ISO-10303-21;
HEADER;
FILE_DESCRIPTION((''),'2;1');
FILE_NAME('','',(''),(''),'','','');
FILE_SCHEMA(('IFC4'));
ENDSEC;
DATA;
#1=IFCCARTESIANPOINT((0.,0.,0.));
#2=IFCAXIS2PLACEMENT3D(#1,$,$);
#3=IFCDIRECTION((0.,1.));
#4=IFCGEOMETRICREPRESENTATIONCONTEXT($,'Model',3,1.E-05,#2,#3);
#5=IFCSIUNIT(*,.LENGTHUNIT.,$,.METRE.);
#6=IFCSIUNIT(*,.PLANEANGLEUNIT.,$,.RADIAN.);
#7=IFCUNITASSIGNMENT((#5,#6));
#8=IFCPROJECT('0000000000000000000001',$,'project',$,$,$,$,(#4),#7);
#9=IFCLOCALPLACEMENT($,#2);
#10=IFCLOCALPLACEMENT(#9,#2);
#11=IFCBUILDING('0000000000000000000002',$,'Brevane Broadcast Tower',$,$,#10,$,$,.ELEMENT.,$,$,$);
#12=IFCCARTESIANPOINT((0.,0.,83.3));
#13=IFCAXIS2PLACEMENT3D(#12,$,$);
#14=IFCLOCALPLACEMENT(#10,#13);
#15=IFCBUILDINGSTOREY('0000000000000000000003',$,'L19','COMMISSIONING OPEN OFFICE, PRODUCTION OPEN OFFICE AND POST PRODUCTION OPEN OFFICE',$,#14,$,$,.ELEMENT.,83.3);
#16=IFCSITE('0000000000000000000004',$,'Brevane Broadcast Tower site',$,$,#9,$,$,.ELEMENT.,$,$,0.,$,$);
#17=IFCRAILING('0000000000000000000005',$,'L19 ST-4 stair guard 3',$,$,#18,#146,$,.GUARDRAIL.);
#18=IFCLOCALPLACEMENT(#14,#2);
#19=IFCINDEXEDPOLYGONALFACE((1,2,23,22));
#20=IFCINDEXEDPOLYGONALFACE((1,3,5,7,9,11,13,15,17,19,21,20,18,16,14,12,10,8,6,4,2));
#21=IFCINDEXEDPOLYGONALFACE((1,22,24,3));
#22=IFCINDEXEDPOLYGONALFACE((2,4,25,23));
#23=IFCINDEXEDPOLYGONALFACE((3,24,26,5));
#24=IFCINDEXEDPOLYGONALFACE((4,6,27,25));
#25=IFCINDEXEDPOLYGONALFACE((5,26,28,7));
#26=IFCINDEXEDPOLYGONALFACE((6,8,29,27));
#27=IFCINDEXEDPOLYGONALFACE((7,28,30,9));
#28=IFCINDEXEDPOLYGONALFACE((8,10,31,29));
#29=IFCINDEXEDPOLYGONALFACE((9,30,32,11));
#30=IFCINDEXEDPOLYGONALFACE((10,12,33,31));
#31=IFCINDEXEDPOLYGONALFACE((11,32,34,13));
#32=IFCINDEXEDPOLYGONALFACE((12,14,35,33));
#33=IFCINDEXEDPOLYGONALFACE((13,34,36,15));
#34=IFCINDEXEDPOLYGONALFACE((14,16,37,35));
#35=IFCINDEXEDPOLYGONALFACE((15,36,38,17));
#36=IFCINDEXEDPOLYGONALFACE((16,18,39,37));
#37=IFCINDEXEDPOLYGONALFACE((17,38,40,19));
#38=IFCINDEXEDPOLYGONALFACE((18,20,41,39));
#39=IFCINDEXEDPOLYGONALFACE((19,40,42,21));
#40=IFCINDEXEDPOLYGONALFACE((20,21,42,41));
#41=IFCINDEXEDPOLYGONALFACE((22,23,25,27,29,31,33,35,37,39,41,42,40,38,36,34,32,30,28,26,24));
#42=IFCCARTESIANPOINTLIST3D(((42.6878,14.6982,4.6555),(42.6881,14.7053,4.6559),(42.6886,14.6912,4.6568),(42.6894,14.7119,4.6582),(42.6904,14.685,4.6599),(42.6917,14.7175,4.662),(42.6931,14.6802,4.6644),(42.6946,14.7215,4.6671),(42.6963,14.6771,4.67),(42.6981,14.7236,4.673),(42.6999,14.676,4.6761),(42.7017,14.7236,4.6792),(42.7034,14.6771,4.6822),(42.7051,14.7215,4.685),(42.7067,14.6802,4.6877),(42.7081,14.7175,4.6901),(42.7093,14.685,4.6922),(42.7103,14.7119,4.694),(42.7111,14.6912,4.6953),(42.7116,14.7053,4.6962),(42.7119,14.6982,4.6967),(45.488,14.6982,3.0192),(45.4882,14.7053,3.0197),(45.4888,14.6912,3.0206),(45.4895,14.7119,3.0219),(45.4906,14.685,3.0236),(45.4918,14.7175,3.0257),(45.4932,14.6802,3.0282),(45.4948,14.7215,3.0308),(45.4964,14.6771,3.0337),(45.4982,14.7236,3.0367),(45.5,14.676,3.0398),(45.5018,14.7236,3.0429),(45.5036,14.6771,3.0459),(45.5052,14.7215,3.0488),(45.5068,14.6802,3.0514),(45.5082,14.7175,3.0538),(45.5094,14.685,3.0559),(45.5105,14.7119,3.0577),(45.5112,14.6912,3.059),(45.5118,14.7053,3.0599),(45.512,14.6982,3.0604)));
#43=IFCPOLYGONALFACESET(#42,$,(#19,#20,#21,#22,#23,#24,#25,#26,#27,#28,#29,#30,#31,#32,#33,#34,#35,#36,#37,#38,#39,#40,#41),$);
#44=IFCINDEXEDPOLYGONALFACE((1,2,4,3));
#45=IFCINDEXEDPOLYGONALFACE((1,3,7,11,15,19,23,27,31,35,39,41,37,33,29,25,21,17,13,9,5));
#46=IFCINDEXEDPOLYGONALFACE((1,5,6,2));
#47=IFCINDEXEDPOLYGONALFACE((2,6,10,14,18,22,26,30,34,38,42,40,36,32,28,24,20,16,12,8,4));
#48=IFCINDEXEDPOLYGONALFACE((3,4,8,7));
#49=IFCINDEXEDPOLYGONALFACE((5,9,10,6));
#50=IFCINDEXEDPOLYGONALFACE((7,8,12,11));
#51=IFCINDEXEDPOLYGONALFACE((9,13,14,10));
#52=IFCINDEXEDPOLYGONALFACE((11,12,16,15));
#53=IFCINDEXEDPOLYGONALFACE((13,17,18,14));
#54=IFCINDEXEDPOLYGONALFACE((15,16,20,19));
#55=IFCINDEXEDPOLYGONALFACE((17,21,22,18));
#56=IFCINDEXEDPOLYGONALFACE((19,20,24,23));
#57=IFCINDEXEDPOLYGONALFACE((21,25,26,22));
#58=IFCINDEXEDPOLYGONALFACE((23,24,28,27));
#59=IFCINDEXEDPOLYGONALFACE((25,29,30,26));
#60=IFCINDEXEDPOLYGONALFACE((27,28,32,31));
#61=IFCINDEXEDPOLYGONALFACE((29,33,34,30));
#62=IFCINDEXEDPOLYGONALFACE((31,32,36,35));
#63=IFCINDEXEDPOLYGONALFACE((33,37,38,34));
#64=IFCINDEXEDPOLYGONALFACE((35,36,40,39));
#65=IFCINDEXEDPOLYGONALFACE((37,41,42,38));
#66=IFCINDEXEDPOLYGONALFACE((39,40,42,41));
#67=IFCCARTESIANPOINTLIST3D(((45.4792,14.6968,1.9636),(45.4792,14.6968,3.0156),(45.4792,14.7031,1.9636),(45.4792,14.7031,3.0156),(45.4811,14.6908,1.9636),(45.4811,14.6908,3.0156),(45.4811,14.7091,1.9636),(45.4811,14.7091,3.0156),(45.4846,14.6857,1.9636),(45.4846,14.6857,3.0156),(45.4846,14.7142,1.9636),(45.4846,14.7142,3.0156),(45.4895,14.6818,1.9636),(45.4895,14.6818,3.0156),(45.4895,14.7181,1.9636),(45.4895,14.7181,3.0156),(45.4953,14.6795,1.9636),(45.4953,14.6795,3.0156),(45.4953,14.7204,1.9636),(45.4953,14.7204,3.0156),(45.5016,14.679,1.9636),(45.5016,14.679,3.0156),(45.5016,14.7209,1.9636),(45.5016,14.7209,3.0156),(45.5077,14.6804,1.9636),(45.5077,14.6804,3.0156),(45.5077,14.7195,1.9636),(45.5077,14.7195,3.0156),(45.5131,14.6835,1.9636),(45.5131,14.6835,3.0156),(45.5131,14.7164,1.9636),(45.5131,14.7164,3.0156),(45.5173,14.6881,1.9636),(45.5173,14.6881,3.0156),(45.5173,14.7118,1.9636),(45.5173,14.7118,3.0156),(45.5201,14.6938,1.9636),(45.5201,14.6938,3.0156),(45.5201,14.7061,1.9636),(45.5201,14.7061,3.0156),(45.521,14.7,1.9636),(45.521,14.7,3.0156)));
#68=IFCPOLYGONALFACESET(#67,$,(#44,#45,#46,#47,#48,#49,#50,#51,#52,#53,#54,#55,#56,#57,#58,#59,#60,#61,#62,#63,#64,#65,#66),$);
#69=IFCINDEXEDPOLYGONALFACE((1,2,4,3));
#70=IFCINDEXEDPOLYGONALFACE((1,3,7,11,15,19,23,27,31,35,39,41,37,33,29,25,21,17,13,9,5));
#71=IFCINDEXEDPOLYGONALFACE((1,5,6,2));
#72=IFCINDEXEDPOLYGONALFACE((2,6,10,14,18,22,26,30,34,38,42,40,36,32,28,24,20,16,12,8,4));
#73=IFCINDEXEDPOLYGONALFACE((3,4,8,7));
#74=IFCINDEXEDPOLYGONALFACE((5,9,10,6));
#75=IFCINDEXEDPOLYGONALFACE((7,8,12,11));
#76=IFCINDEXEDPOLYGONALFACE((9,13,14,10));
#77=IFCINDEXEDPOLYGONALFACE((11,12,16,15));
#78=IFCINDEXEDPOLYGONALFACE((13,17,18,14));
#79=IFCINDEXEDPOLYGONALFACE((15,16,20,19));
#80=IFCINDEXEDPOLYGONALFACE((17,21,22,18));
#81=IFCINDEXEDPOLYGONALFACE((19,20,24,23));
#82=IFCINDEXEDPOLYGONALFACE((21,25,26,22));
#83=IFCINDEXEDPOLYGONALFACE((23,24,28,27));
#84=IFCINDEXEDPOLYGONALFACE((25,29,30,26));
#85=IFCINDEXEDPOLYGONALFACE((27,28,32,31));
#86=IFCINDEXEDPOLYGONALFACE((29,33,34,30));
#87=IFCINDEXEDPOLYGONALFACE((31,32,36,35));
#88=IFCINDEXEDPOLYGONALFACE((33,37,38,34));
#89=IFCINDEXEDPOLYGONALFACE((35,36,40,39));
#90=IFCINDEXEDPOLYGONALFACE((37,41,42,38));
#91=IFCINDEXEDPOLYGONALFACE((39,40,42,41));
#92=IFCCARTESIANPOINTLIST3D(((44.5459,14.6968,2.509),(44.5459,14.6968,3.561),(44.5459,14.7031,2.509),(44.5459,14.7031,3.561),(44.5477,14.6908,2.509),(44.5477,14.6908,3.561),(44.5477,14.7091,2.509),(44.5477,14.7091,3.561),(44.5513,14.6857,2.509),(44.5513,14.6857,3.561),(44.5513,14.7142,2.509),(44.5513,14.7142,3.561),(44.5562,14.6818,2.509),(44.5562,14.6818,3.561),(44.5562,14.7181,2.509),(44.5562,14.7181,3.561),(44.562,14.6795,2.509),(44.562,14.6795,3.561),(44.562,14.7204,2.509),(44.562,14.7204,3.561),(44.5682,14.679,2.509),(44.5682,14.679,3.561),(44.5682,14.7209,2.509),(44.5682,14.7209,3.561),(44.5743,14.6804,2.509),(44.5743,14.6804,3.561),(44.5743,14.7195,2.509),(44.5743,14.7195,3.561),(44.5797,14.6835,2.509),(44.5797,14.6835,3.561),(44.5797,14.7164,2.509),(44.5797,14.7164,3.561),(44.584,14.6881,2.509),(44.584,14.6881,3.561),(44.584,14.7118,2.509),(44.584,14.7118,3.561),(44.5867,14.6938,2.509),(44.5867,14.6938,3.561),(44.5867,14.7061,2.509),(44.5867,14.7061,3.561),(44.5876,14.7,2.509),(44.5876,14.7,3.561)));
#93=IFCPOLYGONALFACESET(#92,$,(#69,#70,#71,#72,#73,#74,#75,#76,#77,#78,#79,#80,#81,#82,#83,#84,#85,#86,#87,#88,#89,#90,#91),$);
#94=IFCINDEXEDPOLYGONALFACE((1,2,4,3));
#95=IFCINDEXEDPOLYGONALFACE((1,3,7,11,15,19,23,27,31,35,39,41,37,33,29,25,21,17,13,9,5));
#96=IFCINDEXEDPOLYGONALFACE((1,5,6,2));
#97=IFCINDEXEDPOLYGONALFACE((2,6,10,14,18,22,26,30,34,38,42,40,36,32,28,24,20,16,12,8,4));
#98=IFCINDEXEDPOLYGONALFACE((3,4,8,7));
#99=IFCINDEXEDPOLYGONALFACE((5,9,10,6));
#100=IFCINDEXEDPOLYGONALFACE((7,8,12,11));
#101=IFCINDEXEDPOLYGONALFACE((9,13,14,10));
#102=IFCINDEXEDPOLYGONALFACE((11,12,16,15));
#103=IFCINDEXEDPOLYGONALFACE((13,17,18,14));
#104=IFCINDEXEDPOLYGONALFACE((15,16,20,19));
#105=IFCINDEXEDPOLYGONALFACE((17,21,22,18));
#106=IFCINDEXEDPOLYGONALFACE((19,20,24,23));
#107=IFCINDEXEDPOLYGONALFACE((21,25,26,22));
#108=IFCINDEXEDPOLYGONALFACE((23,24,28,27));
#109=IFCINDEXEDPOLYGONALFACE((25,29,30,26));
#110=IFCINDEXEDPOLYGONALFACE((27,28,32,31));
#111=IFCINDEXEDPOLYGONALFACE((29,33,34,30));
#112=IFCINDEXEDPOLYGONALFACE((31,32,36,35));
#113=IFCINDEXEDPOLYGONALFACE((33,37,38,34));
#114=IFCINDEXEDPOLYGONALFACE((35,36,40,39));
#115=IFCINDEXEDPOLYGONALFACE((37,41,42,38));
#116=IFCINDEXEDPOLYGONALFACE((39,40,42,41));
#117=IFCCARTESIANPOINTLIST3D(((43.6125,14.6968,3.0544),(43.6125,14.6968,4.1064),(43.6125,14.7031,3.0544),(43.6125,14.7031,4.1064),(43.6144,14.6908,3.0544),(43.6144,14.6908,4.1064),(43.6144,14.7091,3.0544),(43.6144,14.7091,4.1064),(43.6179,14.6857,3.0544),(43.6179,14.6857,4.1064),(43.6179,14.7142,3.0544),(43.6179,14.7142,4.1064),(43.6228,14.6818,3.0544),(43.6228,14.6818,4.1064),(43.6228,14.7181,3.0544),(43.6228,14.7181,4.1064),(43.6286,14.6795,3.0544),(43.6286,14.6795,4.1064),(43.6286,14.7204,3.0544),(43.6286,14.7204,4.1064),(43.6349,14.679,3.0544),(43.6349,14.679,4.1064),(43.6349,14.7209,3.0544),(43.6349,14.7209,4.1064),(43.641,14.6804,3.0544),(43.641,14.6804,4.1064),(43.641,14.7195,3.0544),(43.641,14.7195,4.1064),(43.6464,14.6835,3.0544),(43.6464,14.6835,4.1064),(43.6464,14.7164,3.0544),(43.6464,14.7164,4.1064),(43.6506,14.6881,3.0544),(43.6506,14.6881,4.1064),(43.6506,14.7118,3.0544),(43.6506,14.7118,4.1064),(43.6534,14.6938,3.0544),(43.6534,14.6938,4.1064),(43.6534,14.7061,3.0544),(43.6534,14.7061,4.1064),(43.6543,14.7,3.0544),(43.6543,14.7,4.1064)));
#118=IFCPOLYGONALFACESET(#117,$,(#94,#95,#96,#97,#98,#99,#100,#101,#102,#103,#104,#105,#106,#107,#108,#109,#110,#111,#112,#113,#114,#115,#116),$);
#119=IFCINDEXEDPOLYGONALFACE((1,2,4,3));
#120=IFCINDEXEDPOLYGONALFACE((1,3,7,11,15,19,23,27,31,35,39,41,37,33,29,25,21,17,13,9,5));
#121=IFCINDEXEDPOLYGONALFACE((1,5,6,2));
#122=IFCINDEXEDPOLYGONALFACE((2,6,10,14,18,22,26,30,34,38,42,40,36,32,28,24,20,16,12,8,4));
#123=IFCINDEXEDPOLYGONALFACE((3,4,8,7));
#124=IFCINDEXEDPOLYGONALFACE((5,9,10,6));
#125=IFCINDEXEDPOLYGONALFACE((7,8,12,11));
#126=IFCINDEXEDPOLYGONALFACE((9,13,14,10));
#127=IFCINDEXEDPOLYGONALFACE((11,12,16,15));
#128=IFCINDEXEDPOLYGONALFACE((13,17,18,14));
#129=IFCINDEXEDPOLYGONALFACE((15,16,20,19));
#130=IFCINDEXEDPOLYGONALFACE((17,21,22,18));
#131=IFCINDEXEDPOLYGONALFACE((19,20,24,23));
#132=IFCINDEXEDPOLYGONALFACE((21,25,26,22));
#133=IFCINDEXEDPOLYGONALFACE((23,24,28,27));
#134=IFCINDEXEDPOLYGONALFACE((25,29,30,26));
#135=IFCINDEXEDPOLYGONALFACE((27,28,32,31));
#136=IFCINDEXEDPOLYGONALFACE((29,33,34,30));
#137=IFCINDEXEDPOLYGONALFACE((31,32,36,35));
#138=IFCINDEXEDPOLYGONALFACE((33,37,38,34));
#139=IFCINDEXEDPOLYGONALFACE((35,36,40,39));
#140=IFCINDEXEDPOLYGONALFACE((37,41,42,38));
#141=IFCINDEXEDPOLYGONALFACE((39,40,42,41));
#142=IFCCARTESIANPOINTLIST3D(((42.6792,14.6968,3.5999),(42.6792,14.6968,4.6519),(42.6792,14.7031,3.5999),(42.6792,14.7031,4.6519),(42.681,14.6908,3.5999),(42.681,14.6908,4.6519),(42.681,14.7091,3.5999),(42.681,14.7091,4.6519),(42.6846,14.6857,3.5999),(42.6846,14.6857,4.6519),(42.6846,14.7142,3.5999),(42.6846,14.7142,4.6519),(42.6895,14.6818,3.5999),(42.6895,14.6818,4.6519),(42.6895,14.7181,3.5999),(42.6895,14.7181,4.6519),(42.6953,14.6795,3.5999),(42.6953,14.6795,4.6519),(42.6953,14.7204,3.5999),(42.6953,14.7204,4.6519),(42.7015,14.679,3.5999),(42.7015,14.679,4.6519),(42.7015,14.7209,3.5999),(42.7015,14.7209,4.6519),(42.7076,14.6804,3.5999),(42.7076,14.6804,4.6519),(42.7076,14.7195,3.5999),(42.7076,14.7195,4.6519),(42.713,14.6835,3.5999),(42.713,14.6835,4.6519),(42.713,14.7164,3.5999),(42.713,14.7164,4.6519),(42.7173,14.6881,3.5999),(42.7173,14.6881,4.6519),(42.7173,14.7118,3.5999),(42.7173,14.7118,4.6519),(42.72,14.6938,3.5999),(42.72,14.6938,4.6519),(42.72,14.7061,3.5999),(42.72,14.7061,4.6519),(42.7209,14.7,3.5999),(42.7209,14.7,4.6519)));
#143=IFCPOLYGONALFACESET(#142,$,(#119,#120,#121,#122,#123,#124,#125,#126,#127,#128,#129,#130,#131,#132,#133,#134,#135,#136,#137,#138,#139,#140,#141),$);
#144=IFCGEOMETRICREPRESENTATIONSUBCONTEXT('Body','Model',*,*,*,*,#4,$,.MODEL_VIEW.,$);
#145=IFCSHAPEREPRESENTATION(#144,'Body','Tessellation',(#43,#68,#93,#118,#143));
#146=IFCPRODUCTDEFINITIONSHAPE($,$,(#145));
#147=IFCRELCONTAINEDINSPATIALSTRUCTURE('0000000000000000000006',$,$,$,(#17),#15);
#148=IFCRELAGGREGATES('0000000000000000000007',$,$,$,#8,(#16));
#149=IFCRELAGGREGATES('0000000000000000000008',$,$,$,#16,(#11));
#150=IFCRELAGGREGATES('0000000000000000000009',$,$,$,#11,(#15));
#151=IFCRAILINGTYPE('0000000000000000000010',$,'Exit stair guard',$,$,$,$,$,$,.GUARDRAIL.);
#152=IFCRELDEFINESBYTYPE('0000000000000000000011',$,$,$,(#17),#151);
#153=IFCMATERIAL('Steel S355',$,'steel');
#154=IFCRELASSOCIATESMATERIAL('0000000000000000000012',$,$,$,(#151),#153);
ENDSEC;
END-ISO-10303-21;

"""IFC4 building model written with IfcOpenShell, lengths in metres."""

from ifc_helpers import new_model, si_unit, direction, frame, origin, origin_2d, place, context, subcontext, project, spatial, circle, extrude, material, type_object, element, save


model = new_model("IFC4")

# Units and contexts
model_context = context("Model", 3, precision=1e-05, world=origin(), true_north=direction((0.0, 1.0)))
body_context = subcontext(model_context, "Body", "Model", "MODEL_VIEW")
ifc_project = project(units=[si_unit("LENGTHUNIT", "METRE"), si_unit("PLANEANGLEUNIT", "RADIAN")], contexts=[model_context])

# Site, building, storey
site_placement = place(None, origin())
site = spatial("IfcSite", under=ifc_project, at=site_placement, Name="Brevane Broadcast Tower site", CompositionType="ELEMENT", RefElevation=0.0)
building_placement = place(site_placement, origin())
building = spatial("IfcBuilding", under=site, at=building_placement, Name="Brevane Broadcast Tower", CompositionType="ELEMENT")
storey_placement = place(building_placement, frame((0.0, 0.0, 83.3)))
storey = spatial("IfcBuildingStorey", under=building, at=storey_placement, Name="L19", Description="COMMISSIONING OPEN OFFICE, PRODUCTION OPEN OFFICE AND POST PRODUCTION OPEN OFFICE", CompositionType="ELEMENT", Elevation=83.3)

# Railing
ifc_material_1 = material(Name="Steel S355", Category="steel")
railing_type_1 = type_object("IfcRailingType", Name="Exit stair guard", PredefinedType="GUARDRAIL", material=ifc_material_1)
railing_1_placement = place(storey_placement, frame((45.5, 14.7, 1.9636)))
element("IfcRailing", 1, at=railing_1_placement, inside=storey, type_object=railing_type_1, Name="L19 ST-4 stair guard 3", PredefinedType="GUARDRAIL", context=body_context, shape_type="SweptSolid", body=[
    extrude(circle(Radius=0.0239, at=origin_2d()), frame((0.0, 0.0, 1.0762), z_axis=(-0.863394, 0.0, 0.504531), x_axis=(0.0, -1.0, 0.0)), (0.0, 0.0, 1.0), 3.2432),
    extrude(circle(Radius=0.021, at=origin_2d()), origin(), (0.0, 0.0, 1.0), 1.052),
    extrude(circle(Radius=0.021, at=origin_2d()), frame((-0.9333, 0.0, 0.5454)), (0.0, 0.0, 1.0), 1.052),
    extrude(circle(Radius=0.021, at=origin_2d()), frame((-1.8667, 0.0, 1.0908)), (0.0, 0.0, 1.0), 1.052),
    extrude(circle(Radius=0.021, at=origin_2d()), frame((-2.8, 0.0, 1.6362)), (0.0, 0.0, 1.0), 1.052),
])

save(model, "model.ifc")
